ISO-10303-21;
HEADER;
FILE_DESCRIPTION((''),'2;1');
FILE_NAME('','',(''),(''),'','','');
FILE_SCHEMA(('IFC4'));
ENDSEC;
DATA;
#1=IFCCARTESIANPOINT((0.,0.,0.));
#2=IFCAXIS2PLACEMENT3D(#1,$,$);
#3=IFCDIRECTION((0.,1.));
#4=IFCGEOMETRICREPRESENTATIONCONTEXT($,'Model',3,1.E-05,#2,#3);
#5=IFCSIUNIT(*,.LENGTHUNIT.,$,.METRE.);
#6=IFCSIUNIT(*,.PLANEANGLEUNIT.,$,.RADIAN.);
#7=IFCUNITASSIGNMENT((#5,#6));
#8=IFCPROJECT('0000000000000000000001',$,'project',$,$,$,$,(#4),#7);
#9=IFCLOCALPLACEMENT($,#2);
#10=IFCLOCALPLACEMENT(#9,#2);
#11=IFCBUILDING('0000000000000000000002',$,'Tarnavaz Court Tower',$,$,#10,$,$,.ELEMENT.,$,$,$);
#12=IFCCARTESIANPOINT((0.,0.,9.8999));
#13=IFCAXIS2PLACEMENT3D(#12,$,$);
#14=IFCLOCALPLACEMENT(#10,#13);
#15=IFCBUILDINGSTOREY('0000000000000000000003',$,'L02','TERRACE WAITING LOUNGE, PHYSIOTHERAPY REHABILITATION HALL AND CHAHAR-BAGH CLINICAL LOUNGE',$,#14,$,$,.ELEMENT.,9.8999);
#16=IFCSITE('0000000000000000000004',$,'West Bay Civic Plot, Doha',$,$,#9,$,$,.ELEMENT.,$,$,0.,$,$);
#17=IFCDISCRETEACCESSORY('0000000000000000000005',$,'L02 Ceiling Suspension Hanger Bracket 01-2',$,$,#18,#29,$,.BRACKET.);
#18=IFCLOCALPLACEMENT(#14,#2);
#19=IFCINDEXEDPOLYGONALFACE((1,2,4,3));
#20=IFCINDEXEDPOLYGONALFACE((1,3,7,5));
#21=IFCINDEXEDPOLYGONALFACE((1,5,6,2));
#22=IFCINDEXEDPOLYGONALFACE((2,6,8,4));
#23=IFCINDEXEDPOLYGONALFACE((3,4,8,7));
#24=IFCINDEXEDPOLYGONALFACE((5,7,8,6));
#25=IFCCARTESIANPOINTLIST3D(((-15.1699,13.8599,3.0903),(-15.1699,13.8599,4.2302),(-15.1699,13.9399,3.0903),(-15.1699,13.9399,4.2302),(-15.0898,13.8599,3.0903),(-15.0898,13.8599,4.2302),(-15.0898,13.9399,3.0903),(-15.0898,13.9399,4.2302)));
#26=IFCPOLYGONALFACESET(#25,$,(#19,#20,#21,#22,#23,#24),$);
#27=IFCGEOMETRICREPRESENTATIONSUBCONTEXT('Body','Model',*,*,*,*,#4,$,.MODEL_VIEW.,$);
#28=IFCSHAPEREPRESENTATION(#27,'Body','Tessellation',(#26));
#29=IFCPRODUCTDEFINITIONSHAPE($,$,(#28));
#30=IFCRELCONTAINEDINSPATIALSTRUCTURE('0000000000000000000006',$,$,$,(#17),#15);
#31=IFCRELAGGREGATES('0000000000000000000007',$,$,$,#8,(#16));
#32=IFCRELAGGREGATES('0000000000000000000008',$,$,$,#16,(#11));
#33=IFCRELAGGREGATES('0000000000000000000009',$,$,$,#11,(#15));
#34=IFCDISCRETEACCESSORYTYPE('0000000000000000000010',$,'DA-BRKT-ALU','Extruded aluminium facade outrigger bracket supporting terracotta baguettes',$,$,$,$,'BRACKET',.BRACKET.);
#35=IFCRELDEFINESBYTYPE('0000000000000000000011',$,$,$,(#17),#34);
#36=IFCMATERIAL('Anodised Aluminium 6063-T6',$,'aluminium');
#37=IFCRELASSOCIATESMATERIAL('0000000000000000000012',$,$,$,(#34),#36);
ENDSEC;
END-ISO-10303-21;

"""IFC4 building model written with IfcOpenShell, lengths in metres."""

from ifc_helpers import new_model, si_unit, direction, frame, origin, origin_2d, place, context, subcontext, project, spatial, rectangle, extrude, material, type_object, element, save


model = new_model("IFC4")

# Units and contexts
model_context = context("Model", 3, precision=1e-05, world=origin(), true_north=direction((0.0, 1.0)))
body_context = subcontext(model_context, "Body", "Model", "MODEL_VIEW")
ifc_project = project(units=[si_unit("LENGTHUNIT", "METRE"), si_unit("PLANEANGLEUNIT", "RADIAN")], contexts=[model_context])

# Site, building, storey
site_placement = place(None, origin())
site = spatial("IfcSite", under=ifc_project, at=site_placement, Name="West Bay Civic Plot, Doha", CompositionType="ELEMENT", RefElevation=0.0)
building_placement = place(site_placement, origin())
building = spatial("IfcBuilding", under=site, at=building_placement, Name="Tarnavaz Court Tower", CompositionType="ELEMENT")
storey_placement = place(building_placement, frame((0.0, 0.0, 9.8999)))
storey = spatial("IfcBuildingStorey", under=building, at=storey_placement, Name="L02", Description="TERRACE WAITING LOUNGE, PHYSIOTHERAPY REHABILITATION HALL AND CHAHAR-BAGH CLINICAL LOUNGE", CompositionType="ELEMENT", Elevation=9.8999)

# Discrete accessory
ifc_material_1 = material(Name="Anodised Aluminium 6063-T6", Category="aluminium")
discrete_accessory_type = type_object("IfcDiscreteAccessoryType", Name="DA-BRKT-ALU", Description="Extruded aluminium facade outrigger bracket supporting terracotta baguettes", ElementType="BRACKET", PredefinedType="BRACKET", material=ifc_material_1)
for number, where, z_axis, x_axis, name in (
    (1, (-15.1299, 13.8999, 3.0903), (0.0, 0.0, 1.0), (1.0, 0.0, 0.0), "L02 Ceiling Suspension Hanger Bracket 01-2"),
):
    element("IfcDiscreteAccessory", number, at=place(storey_placement, frame(where, z_axis=z_axis, x_axis=x_axis)), inside=storey, type_object=discrete_accessory_type, Name=name, PredefinedType="BRACKET", context=body_context, shape_type="SweptSolid", body=[
        extrude(rectangle(XDim=0.0801, YDim=0.0801, at=origin_2d()), origin(), (0.0, 0.0, 1.0), 1.1399),
    ])

save(model, "model.ifc")
